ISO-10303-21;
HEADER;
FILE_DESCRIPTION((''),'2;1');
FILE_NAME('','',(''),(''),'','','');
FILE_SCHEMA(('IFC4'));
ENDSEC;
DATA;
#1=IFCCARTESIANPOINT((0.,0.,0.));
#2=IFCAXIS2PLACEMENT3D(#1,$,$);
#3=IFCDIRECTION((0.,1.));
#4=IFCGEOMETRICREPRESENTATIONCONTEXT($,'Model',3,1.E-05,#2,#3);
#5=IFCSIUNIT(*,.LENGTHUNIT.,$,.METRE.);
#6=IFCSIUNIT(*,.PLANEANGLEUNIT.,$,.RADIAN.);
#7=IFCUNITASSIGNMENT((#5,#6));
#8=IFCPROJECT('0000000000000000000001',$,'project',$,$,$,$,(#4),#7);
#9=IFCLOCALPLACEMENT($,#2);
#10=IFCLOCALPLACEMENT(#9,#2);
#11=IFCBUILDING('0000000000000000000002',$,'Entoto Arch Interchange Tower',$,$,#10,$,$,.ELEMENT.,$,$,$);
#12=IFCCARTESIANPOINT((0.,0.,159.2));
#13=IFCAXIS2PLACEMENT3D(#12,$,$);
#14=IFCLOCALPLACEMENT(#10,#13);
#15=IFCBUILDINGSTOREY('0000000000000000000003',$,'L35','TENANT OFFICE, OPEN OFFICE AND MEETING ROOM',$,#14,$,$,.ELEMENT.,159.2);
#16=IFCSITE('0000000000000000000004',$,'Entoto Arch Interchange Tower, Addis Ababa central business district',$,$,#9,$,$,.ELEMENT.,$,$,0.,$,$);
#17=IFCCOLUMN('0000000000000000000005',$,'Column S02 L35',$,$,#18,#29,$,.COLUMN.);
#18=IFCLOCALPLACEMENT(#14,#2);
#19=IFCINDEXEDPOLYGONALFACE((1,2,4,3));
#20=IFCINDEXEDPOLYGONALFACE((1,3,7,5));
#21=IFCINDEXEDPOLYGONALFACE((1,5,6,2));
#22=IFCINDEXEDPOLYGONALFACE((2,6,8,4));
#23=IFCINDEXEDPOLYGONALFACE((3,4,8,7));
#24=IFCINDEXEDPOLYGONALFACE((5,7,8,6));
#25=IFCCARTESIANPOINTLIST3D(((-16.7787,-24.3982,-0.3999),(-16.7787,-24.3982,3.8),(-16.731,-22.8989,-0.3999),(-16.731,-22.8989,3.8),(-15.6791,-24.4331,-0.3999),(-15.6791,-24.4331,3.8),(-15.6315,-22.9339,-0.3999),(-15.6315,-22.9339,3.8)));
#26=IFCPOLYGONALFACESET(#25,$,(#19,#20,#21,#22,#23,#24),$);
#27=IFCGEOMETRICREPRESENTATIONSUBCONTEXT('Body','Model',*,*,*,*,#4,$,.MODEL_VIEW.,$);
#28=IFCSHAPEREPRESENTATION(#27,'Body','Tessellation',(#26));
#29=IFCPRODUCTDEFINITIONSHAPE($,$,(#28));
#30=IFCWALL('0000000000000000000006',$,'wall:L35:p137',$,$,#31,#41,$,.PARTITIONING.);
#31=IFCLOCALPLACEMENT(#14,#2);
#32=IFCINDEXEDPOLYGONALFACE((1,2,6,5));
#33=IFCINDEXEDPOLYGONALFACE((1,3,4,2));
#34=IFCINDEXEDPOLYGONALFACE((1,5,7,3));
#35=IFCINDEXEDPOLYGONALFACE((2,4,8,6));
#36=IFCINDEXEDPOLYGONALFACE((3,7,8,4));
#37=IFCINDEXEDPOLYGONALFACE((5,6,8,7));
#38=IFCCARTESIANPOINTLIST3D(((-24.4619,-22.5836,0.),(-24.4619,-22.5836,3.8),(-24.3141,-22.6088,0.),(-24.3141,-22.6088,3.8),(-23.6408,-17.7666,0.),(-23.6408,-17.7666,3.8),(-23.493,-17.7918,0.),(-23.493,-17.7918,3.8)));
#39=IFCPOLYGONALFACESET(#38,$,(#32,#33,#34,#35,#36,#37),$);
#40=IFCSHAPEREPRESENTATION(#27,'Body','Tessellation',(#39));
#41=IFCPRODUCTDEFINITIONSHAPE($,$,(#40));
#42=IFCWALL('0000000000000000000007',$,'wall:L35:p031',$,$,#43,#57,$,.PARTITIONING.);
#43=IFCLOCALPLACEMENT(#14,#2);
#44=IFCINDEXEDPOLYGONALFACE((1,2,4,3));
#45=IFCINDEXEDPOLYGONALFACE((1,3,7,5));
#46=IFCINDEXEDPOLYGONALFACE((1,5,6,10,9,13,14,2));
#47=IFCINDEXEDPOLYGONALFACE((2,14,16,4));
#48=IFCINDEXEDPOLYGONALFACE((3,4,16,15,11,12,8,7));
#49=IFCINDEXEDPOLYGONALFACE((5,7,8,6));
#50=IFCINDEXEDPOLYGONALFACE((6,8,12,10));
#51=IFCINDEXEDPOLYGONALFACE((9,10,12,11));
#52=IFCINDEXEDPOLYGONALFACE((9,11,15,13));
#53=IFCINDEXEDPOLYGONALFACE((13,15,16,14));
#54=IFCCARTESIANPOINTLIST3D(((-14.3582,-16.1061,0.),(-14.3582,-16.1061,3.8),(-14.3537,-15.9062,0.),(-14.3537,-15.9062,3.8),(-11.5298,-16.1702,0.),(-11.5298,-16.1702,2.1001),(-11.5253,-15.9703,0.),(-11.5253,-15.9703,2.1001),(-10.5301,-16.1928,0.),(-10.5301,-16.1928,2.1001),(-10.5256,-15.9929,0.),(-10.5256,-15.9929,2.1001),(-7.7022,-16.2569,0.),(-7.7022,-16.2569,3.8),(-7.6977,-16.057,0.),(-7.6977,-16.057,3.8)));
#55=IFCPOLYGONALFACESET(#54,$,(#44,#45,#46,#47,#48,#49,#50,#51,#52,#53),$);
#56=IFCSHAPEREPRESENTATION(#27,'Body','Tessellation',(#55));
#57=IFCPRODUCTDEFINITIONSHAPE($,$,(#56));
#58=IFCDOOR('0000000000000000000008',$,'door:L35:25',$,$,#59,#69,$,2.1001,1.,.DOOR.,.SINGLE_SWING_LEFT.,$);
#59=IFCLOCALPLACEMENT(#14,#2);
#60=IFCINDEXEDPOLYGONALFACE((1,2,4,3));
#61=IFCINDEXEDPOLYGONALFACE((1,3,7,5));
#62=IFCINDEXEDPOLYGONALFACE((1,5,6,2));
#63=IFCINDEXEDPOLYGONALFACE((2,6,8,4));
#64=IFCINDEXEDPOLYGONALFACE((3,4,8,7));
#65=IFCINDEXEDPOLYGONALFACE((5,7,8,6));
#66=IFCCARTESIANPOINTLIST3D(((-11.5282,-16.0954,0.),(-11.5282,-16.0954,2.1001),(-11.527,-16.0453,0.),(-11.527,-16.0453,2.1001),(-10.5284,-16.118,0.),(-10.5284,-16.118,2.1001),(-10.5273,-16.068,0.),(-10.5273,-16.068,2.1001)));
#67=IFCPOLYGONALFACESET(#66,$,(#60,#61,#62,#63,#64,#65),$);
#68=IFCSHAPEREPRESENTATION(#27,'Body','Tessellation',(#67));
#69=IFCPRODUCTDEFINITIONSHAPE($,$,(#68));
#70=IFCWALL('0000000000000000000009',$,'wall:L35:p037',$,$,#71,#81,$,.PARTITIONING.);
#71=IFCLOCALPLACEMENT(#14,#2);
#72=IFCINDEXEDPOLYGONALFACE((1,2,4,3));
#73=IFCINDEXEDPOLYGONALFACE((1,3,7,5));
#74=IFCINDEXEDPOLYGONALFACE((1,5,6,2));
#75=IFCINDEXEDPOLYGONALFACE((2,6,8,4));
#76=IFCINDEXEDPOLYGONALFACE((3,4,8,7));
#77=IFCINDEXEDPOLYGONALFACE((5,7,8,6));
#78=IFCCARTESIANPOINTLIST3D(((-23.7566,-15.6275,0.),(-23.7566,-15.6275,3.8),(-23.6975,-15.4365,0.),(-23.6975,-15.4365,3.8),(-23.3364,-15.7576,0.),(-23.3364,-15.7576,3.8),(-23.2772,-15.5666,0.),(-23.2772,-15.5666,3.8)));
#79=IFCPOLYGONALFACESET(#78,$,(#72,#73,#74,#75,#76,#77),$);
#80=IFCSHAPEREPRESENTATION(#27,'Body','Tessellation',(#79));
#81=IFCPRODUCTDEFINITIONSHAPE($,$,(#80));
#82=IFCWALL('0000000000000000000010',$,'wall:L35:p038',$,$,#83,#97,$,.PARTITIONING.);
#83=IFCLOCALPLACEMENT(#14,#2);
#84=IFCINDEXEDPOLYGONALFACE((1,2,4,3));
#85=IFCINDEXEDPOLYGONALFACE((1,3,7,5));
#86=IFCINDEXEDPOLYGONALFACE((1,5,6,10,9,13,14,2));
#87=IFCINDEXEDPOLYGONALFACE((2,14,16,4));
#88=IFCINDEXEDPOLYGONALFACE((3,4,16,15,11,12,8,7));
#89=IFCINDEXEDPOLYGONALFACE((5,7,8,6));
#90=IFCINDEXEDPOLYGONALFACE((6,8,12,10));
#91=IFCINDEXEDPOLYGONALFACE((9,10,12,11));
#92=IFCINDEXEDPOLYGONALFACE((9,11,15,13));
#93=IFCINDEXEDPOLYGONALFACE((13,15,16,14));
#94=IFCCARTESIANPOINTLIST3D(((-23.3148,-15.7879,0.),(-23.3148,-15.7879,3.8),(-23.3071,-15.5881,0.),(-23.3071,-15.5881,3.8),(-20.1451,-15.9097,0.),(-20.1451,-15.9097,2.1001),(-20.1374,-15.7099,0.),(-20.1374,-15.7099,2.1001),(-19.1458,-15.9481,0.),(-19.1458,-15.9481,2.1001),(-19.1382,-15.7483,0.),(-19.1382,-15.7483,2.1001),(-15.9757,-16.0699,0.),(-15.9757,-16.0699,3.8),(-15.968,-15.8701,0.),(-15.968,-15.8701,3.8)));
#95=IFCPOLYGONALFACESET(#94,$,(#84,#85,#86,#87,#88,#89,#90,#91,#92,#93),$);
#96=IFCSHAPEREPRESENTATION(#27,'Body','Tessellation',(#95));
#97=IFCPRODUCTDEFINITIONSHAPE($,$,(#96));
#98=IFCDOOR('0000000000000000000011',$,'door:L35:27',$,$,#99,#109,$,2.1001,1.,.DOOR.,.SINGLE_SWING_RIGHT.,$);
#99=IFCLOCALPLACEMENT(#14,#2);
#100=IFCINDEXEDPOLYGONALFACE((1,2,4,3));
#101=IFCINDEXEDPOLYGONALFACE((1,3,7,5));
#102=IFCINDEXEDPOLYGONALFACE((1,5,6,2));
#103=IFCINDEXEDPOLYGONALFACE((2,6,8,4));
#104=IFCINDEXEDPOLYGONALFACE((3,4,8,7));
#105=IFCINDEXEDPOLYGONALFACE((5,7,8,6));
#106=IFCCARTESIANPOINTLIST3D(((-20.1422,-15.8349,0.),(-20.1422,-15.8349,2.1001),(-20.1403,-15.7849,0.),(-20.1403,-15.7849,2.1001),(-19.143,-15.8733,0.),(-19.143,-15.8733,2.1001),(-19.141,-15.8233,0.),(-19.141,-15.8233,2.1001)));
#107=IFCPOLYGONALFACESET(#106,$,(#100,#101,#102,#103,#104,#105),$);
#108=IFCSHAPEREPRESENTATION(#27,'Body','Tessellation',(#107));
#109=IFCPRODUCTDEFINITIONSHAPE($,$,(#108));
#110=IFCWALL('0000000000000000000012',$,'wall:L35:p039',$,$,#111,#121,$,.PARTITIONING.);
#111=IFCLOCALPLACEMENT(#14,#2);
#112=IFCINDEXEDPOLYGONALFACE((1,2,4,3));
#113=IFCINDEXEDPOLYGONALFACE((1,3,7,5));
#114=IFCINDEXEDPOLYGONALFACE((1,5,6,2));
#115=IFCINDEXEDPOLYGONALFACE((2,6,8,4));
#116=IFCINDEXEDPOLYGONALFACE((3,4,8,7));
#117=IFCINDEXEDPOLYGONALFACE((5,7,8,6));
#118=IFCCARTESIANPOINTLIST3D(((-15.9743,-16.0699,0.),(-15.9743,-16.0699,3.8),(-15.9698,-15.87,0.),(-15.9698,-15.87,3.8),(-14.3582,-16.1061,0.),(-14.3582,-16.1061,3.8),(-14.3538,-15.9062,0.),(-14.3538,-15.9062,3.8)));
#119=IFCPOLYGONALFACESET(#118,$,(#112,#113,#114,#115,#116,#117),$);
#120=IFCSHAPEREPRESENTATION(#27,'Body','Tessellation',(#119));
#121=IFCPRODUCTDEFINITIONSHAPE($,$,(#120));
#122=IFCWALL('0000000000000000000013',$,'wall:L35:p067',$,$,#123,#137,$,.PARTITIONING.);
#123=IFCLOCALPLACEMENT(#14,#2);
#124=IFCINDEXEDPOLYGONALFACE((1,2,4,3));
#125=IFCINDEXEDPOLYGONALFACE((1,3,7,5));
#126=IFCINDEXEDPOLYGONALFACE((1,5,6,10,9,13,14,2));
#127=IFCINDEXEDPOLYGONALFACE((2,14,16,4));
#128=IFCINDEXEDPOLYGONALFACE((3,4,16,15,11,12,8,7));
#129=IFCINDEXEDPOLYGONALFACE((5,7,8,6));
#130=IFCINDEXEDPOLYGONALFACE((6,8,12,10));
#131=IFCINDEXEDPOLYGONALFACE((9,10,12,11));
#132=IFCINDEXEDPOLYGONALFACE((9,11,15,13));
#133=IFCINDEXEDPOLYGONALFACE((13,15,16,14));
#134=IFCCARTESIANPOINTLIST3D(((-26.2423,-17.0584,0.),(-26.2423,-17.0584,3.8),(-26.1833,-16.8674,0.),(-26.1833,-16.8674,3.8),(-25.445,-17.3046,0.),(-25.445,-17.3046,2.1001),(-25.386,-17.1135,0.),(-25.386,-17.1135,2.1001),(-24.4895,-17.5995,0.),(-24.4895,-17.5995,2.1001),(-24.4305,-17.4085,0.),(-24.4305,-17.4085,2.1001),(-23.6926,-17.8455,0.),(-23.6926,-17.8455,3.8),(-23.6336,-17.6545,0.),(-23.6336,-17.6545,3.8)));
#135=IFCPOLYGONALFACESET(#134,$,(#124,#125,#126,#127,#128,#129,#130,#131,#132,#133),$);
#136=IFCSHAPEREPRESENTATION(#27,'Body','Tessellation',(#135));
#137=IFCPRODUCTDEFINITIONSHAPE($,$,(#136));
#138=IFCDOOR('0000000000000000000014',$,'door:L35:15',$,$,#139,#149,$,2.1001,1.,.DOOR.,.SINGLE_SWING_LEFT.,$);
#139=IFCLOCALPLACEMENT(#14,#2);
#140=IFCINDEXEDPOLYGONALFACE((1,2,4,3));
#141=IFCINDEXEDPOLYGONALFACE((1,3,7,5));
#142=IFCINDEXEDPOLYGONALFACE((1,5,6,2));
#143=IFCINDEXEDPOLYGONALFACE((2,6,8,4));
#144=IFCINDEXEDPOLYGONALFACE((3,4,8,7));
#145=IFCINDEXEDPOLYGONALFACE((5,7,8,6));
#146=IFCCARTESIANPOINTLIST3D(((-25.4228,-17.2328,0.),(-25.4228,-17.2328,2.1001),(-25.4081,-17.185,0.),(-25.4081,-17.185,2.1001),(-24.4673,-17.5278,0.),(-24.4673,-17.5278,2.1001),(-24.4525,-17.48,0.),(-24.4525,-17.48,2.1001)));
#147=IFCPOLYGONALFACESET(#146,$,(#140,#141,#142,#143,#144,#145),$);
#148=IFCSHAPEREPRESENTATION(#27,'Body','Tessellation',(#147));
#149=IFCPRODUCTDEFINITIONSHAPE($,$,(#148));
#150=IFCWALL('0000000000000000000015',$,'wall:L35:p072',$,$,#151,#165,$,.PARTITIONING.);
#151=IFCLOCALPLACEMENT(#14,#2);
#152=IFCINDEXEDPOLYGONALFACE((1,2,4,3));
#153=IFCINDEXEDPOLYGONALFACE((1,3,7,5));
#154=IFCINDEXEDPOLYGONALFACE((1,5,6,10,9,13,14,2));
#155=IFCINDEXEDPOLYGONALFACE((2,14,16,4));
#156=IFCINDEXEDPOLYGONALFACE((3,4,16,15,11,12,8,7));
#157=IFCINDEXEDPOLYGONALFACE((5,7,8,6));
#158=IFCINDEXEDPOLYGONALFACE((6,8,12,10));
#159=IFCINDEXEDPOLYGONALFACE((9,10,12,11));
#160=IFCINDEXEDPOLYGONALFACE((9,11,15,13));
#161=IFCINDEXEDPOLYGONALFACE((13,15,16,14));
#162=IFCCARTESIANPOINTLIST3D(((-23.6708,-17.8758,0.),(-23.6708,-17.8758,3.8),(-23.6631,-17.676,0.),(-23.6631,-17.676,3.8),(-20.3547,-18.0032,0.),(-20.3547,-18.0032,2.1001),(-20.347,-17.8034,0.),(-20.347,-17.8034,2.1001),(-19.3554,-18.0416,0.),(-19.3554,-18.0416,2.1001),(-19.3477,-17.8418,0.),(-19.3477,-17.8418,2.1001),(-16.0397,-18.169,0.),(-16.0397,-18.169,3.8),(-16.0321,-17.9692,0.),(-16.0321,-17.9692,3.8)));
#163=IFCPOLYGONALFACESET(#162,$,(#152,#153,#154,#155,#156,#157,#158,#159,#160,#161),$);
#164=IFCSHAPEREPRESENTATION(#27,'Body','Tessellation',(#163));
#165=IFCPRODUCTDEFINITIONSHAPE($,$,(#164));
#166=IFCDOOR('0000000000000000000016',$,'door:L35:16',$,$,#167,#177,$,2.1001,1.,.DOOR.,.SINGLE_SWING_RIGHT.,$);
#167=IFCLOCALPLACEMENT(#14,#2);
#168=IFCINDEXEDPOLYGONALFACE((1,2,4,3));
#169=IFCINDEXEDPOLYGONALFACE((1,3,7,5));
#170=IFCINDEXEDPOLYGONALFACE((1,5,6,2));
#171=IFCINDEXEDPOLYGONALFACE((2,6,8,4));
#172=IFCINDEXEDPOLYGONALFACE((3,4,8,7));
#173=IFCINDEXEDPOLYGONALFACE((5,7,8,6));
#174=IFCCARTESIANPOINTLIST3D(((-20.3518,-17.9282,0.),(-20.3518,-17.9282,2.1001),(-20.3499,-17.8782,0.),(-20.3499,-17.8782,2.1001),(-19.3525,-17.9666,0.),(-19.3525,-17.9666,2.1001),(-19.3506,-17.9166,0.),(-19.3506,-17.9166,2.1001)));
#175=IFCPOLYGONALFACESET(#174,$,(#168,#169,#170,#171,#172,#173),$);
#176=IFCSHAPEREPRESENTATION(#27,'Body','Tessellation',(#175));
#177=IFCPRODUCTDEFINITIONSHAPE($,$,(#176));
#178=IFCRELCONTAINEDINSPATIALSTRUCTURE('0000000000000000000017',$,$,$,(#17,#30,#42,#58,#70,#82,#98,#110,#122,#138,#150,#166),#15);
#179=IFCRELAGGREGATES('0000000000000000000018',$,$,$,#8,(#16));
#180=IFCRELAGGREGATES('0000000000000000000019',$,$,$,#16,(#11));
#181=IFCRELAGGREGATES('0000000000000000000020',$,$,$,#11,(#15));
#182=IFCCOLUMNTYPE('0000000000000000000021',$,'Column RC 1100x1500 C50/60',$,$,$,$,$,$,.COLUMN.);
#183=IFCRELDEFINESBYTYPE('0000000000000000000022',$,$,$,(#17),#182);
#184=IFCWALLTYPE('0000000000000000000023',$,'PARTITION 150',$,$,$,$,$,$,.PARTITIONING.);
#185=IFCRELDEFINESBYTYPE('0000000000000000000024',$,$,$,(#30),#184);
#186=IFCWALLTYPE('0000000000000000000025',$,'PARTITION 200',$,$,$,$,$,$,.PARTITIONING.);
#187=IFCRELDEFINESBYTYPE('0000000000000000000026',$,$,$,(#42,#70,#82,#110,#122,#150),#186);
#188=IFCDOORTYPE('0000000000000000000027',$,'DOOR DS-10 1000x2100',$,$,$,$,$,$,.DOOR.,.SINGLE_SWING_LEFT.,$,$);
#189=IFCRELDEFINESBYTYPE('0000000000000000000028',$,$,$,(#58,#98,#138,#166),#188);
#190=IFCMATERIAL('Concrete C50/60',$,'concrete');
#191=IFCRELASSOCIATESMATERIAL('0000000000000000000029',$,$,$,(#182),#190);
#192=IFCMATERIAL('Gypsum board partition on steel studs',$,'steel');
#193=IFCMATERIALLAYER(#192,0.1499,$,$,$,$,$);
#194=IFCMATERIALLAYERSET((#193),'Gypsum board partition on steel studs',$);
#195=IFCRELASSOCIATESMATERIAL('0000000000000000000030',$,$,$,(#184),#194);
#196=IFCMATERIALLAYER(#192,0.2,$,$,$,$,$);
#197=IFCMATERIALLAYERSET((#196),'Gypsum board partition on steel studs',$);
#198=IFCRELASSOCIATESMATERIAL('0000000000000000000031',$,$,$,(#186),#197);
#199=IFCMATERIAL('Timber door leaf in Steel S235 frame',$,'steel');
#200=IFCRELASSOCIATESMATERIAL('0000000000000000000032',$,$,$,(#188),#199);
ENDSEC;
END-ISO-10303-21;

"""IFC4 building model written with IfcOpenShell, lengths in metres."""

from ifc_helpers import new_model, si_unit, direction, frame, frame_2d, origin, origin_2d, place, context, subcontext, project, spatial, rectangle, extrude, material, layer, layer_set, material_profile, profile_set, type_object, element, fill, save


model = new_model("IFC4")

# Units and contexts
model_context = context("Model", 3, precision=1e-05, world=origin(), true_north=direction((0.0, 1.0)))
body_context = subcontext(model_context, "Body", "Model", "MODEL_VIEW")
ifc_project = project(units=[si_unit("LENGTHUNIT", "METRE"), si_unit("PLANEANGLEUNIT", "RADIAN")], contexts=[model_context])

# Site, building, storey
site_placement = place(None, origin())
site = spatial("IfcSite", under=ifc_project, at=site_placement, Name="Entoto Arch Interchange Tower, Addis Ababa central business district", CompositionType="ELEMENT", RefElevation=0.0)
building_placement = place(site_placement, origin())
building = spatial("IfcBuilding", under=site, at=building_placement, Name="Entoto Arch Interchange Tower", CompositionType="ELEMENT")
storey_placement = place(building_placement, frame((0.0, 0.0, 159.2)))
storey = spatial("IfcBuildingStorey", under=building, at=storey_placement, Name="L35", Description="TENANT OFFICE, OPEN OFFICE AND MEETING ROOM", CompositionType="ELEMENT", Elevation=159.2)

# Column
ifc_material_1 = material(Name="Concrete C50/60", Category="concrete")
ifc_material_profile = material_profile(ifc_material_1, rectangle(XDim=1.1001, YDim=1.5, at=origin_2d()))
ifc_profile_set = profile_set([ifc_material_profile], Name="Concrete C50/60")
column_type = type_object("IfcColumnType", Name="Column RC 1100x1500 C50/60", PredefinedType="COLUMN", material=ifc_profile_set)
column_placement = place(storey_placement, frame((-16.2051, -23.666, -0.3999), z_axis=(0.0, 0.0, 1.0), x_axis=(-0.999496, 0.031742, 0.0)))
element("IfcColumn", 1, at=column_placement, inside=storey, type_object=column_type, Name="Column S02 L35", PredefinedType="COLUMN", context=body_context, shape_type="SweptSolid", body=[
    extrude(rectangle(XDim=1.1001, YDim=1.5, at=origin_2d()), origin(), (0.0, 0.0, 1.0), 4.2),
])

# Wall
ifc_material_2 = material(Name="Gypsum board partition on steel studs", Category="steel")
ifc_layer_1 = layer(ifc_material_2, 0.1499)
ifc_layer_set_1 = layer_set([ifc_layer_1], Name="Gypsum board partition on steel studs")
wall_type_1 = type_object("IfcWallType", Name="PARTITION 150", PredefinedType="PARTITIONING", material=ifc_layer_set_1)
wall_1_placement = place(storey_placement, frame((-23.5669, -17.7791, 0.0), z_axis=(0.0, 0.0, 1.0), x_axis=(-0.168028, -0.985782, 0.0)))
element("IfcWall", 2, at=wall_1_placement, inside=storey, type_object=wall_type_1, Name="wall:L35:p137", PredefinedType="PARTITIONING", context=body_context, shape_type="SweptSolid", body=[
    extrude(rectangle(XDim=4.8865, YDim=0.1499, at=frame_2d((2.4434, 0.0))), origin(), (0.0, 0.0, 1.0), 3.8),
])

# Wall, opening, door
ifc_layer_2 = layer(ifc_material_2, 0.2)
ifc_layer_set_2 = layer_set([ifc_layer_2], Name="Gypsum board partition on steel studs")
wall_type_2 = type_object("IfcWallType", Name="PARTITION 200", PredefinedType="PARTITIONING", material=ifc_layer_set_2)
wall_2_placement = place(storey_placement, frame((-14.356, -16.0061, 0.0), z_axis=(0.0, 0.0, 1.0), x_axis=(0.999743, -0.022662, 0.0)))
wall_2 = element("IfcWall", 3, at=wall_2_placement, inside=storey, type_object=wall_type_2, Name="wall:L35:p031", PredefinedType="PARTITIONING", context=body_context, shape_type="SweptSolid", body=[
    extrude(rectangle(XDim=6.6577, YDim=0.2, at=frame_2d((3.3289, 0.0))), origin(), (0.0, 0.0, 1.0), 3.8),
])
opening_1_placement = place(wall_2_placement, frame((2.8291, 0.0, 0.0)))
opening_1 = element("IfcOpeningElement", 4, at=opening_1_placement, cuts=wall_2, PredefinedType="OPENING", context=body_context, shape_type="SweptSolid", body=[
    extrude(rectangle(XDim=1.0, YDim=2.1001, at=frame_2d((0.5, 1.05))), frame((0.0, 0.1099, 0.0), z_axis=(0.0, -1.0, 0.0), x_axis=(1.0, 0.0, 0.0)), (0.0, 0.0, 1.0), 0.22),
])
ifc_material_3 = material(Name="Timber door leaf in Steel S235 frame", Category="steel")
door_type = type_object("IfcDoorType", Name="DOOR DS-10 1000x2100", OperationType="SINGLE_SWING_LEFT", PredefinedType="DOOR", material=ifc_material_3)
door_1_placement = place(opening_1_placement, origin())
door_1 = element("IfcDoor", 5, at=door_1_placement, inside=storey, type_object=door_type, Name="door:L35:25", OperationType="SINGLE_SWING_LEFT", OverallHeight=2.1001, OverallWidth=1.0, PredefinedType="DOOR", context=body_context, shape_type="SweptSolid", body=[
    extrude(rectangle(XDim=1.0, YDim=2.1001, at=frame_2d((0.5, 1.05))), frame((0.0, 0.0249, 0.0), z_axis=(0.0, -1.0, 0.0), x_axis=(1.0, 0.0, 0.0)), (0.0, 0.0, 1.0), 0.05),
])
fill(opening_1, door_1)

# Wall
wall_3_placement = place(storey_placement, frame((-23.7271, -15.532, 0.0), z_axis=(0.0, 0.0, 1.0), x_axis=(0.955237, -0.295841, 0.0)))
element("IfcWall", 6, at=wall_3_placement, inside=storey, type_object=wall_type_2, Name="wall:L35:p037", PredefinedType="PARTITIONING", context=body_context, shape_type="SweptSolid", body=[
    extrude(rectangle(XDim=0.4399, YDim=0.2, at=frame_2d((0.22, 0.0))), origin(), (0.0, 0.0, 1.0), 3.8),
])

# Wall, opening, door
wall_4_placement = place(storey_placement, frame((-23.311, -15.688, 0.0), z_axis=(0.0, 0.0, 1.0), x_axis=(0.999263, -0.038394, 0.0)))
wall_4 = element("IfcWall", 7, at=wall_4_placement, inside=storey, type_object=wall_type_2, Name="wall:L35:p038", PredefinedType="PARTITIONING", context=body_context, shape_type="SweptSolid", body=[
    extrude(rectangle(XDim=7.3445, YDim=0.2, at=frame_2d((3.6724, 0.0))), origin(), (0.0, 0.0, 1.0), 3.8),
])
opening_2_placement = place(wall_4_placement, frame((3.1721, 0.0, 0.0)))
opening_2 = element("IfcOpeningElement", 8, at=opening_2_placement, cuts=wall_4, PredefinedType="OPENING", context=body_context, shape_type="SweptSolid", body=[
    extrude(rectangle(XDim=1.0, YDim=2.1001, at=frame_2d((0.5, 1.05))), frame((0.0, 0.1099, 0.0), z_axis=(0.0, -1.0, 0.0), x_axis=(1.0, 0.0, 0.0)), (0.0, 0.0, 1.0), 0.22),
])
door_2_placement = place(opening_2_placement, origin())
door_2 = element("IfcDoor", 9, at=door_2_placement, inside=storey, type_object=door_type, Name="door:L35:27", OperationType="SINGLE_SWING_RIGHT", OverallHeight=2.1001, OverallWidth=1.0, PredefinedType="DOOR", context=body_context, shape_type="SweptSolid", body=[
    extrude(rectangle(XDim=1.0, YDim=2.1001, at=frame_2d((0.5, 1.05))), frame((0.0, 0.0249, 0.0), z_axis=(0.0, -1.0, 0.0), x_axis=(1.0, 0.0, 0.0)), (0.0, 0.0, 1.0), 0.05),
])
fill(opening_2, door_2)

# Wall
wall_5_placement = place(storey_placement, frame((-15.9719, -15.97, 0.0), z_axis=(0.0, 0.0, 1.0), x_axis=(0.99975, -0.022354, 0.0)))
element("IfcWall", 10, at=wall_5_placement, inside=storey, type_object=wall_type_2, Name="wall:L35:p039", PredefinedType="PARTITIONING", context=body_context, shape_type="SweptSolid", body=[
    extrude(rectangle(XDim=1.6165, YDim=0.2, at=frame_2d((0.8081, 0.0))), origin(), (0.0, 0.0, 1.0), 3.8),
])

# Walls, openings, doors
wall_6_placement = place(storey_placement, frame((-23.6631, -17.75, 0.0), z_axis=(0.0, 0.0, 1.0), x_axis=(-0.95551, 0.29496, 0.0)))
wall_6 = element("IfcWall", 11, at=wall_6_placement, inside=storey, type_object=wall_type_2, Name="wall:L35:p067", PredefinedType="PARTITIONING", context=body_context, shape_type="SweptSolid", body=[
    extrude(rectangle(XDim=2.6685, YDim=0.2, at=frame_2d((1.3342, 0.0))), origin(), (0.0, 0.0, 1.0), 3.8),
])
opening_3_placement = place(wall_6_placement, frame((0.834, 0.0, 0.0)))
opening_3 = element("IfcOpeningElement", 12, at=opening_3_placement, cuts=wall_6, PredefinedType="OPENING", context=body_context, shape_type="SweptSolid", body=[
    extrude(rectangle(XDim=1.0, YDim=2.1001, at=frame_2d((0.5, 1.05))), frame((0.0, 0.1099, 0.0), z_axis=(0.0, -1.0, 0.0), x_axis=(1.0, 0.0, 0.0)), (0.0, 0.0, 1.0), 0.22),
])
door_3_placement = place(opening_3_placement, origin())
door_3 = element("IfcDoor", 13, at=door_3_placement, inside=storey, type_object=door_type, Name="door:L35:15", OperationType="SINGLE_SWING_LEFT", OverallHeight=2.1001, OverallWidth=1.0, PredefinedType="DOOR", context=body_context, shape_type="SweptSolid", body=[
    extrude(rectangle(XDim=1.0, YDim=2.1001, at=frame_2d((0.5, 1.05))), frame((0.0, 0.0249, 0.0), z_axis=(0.0, -1.0, 0.0), x_axis=(1.0, 0.0, 0.0)), (0.0, 0.0, 1.0), 0.05),
])
fill(opening_3, door_3)
wall_7_placement = place(storey_placement, frame((-16.0359, -18.0691, 0.0), z_axis=(0.0, 0.0, 1.0), x_axis=(-0.999263, 0.038395, 0.0)))
wall_7 = element("IfcWall", 14, at=wall_7_placement, inside=storey, type_object=wall_type_2, Name="wall:L35:p072", PredefinedType="PARTITIONING", context=body_context, shape_type="SweptSolid", body=[
    extrude(rectangle(XDim=7.6367, YDim=0.2, at=frame_2d((3.8184, 0.0))), origin(), (0.0, 0.0, 1.0), 3.8),
])
opening_4_placement = place(wall_7_placement, frame((3.3181, 0.0, 0.0)))
opening_4 = element("IfcOpeningElement", 15, at=opening_4_placement, cuts=wall_7, PredefinedType="OPENING", context=body_context, shape_type="SweptSolid", body=[
    extrude(rectangle(XDim=1.0, YDim=2.1001, at=frame_2d((0.5, 1.05))), frame((0.0, 0.1099, 0.0), z_axis=(0.0, -1.0, 0.0), x_axis=(1.0, 0.0, 0.0)), (0.0, 0.0, 1.0), 0.22),
])
door_4_placement = place(opening_4_placement, origin())
door_4 = element("IfcDoor", 16, at=door_4_placement, inside=storey, type_object=door_type, Name="door:L35:16", OperationType="SINGLE_SWING_RIGHT", OverallHeight=2.1001, OverallWidth=1.0, PredefinedType="DOOR", context=body_context, shape_type="SweptSolid", body=[
    extrude(rectangle(XDim=1.0, YDim=2.1001, at=frame_2d((0.5, 1.05))), frame((0.0, 0.0249, 0.0), z_axis=(0.0, -1.0, 0.0), x_axis=(1.0, 0.0, 0.0)), (0.0, 0.0, 1.0), 0.05),
])
fill(opening_4, door_4)

save(model, "model.ifc")
